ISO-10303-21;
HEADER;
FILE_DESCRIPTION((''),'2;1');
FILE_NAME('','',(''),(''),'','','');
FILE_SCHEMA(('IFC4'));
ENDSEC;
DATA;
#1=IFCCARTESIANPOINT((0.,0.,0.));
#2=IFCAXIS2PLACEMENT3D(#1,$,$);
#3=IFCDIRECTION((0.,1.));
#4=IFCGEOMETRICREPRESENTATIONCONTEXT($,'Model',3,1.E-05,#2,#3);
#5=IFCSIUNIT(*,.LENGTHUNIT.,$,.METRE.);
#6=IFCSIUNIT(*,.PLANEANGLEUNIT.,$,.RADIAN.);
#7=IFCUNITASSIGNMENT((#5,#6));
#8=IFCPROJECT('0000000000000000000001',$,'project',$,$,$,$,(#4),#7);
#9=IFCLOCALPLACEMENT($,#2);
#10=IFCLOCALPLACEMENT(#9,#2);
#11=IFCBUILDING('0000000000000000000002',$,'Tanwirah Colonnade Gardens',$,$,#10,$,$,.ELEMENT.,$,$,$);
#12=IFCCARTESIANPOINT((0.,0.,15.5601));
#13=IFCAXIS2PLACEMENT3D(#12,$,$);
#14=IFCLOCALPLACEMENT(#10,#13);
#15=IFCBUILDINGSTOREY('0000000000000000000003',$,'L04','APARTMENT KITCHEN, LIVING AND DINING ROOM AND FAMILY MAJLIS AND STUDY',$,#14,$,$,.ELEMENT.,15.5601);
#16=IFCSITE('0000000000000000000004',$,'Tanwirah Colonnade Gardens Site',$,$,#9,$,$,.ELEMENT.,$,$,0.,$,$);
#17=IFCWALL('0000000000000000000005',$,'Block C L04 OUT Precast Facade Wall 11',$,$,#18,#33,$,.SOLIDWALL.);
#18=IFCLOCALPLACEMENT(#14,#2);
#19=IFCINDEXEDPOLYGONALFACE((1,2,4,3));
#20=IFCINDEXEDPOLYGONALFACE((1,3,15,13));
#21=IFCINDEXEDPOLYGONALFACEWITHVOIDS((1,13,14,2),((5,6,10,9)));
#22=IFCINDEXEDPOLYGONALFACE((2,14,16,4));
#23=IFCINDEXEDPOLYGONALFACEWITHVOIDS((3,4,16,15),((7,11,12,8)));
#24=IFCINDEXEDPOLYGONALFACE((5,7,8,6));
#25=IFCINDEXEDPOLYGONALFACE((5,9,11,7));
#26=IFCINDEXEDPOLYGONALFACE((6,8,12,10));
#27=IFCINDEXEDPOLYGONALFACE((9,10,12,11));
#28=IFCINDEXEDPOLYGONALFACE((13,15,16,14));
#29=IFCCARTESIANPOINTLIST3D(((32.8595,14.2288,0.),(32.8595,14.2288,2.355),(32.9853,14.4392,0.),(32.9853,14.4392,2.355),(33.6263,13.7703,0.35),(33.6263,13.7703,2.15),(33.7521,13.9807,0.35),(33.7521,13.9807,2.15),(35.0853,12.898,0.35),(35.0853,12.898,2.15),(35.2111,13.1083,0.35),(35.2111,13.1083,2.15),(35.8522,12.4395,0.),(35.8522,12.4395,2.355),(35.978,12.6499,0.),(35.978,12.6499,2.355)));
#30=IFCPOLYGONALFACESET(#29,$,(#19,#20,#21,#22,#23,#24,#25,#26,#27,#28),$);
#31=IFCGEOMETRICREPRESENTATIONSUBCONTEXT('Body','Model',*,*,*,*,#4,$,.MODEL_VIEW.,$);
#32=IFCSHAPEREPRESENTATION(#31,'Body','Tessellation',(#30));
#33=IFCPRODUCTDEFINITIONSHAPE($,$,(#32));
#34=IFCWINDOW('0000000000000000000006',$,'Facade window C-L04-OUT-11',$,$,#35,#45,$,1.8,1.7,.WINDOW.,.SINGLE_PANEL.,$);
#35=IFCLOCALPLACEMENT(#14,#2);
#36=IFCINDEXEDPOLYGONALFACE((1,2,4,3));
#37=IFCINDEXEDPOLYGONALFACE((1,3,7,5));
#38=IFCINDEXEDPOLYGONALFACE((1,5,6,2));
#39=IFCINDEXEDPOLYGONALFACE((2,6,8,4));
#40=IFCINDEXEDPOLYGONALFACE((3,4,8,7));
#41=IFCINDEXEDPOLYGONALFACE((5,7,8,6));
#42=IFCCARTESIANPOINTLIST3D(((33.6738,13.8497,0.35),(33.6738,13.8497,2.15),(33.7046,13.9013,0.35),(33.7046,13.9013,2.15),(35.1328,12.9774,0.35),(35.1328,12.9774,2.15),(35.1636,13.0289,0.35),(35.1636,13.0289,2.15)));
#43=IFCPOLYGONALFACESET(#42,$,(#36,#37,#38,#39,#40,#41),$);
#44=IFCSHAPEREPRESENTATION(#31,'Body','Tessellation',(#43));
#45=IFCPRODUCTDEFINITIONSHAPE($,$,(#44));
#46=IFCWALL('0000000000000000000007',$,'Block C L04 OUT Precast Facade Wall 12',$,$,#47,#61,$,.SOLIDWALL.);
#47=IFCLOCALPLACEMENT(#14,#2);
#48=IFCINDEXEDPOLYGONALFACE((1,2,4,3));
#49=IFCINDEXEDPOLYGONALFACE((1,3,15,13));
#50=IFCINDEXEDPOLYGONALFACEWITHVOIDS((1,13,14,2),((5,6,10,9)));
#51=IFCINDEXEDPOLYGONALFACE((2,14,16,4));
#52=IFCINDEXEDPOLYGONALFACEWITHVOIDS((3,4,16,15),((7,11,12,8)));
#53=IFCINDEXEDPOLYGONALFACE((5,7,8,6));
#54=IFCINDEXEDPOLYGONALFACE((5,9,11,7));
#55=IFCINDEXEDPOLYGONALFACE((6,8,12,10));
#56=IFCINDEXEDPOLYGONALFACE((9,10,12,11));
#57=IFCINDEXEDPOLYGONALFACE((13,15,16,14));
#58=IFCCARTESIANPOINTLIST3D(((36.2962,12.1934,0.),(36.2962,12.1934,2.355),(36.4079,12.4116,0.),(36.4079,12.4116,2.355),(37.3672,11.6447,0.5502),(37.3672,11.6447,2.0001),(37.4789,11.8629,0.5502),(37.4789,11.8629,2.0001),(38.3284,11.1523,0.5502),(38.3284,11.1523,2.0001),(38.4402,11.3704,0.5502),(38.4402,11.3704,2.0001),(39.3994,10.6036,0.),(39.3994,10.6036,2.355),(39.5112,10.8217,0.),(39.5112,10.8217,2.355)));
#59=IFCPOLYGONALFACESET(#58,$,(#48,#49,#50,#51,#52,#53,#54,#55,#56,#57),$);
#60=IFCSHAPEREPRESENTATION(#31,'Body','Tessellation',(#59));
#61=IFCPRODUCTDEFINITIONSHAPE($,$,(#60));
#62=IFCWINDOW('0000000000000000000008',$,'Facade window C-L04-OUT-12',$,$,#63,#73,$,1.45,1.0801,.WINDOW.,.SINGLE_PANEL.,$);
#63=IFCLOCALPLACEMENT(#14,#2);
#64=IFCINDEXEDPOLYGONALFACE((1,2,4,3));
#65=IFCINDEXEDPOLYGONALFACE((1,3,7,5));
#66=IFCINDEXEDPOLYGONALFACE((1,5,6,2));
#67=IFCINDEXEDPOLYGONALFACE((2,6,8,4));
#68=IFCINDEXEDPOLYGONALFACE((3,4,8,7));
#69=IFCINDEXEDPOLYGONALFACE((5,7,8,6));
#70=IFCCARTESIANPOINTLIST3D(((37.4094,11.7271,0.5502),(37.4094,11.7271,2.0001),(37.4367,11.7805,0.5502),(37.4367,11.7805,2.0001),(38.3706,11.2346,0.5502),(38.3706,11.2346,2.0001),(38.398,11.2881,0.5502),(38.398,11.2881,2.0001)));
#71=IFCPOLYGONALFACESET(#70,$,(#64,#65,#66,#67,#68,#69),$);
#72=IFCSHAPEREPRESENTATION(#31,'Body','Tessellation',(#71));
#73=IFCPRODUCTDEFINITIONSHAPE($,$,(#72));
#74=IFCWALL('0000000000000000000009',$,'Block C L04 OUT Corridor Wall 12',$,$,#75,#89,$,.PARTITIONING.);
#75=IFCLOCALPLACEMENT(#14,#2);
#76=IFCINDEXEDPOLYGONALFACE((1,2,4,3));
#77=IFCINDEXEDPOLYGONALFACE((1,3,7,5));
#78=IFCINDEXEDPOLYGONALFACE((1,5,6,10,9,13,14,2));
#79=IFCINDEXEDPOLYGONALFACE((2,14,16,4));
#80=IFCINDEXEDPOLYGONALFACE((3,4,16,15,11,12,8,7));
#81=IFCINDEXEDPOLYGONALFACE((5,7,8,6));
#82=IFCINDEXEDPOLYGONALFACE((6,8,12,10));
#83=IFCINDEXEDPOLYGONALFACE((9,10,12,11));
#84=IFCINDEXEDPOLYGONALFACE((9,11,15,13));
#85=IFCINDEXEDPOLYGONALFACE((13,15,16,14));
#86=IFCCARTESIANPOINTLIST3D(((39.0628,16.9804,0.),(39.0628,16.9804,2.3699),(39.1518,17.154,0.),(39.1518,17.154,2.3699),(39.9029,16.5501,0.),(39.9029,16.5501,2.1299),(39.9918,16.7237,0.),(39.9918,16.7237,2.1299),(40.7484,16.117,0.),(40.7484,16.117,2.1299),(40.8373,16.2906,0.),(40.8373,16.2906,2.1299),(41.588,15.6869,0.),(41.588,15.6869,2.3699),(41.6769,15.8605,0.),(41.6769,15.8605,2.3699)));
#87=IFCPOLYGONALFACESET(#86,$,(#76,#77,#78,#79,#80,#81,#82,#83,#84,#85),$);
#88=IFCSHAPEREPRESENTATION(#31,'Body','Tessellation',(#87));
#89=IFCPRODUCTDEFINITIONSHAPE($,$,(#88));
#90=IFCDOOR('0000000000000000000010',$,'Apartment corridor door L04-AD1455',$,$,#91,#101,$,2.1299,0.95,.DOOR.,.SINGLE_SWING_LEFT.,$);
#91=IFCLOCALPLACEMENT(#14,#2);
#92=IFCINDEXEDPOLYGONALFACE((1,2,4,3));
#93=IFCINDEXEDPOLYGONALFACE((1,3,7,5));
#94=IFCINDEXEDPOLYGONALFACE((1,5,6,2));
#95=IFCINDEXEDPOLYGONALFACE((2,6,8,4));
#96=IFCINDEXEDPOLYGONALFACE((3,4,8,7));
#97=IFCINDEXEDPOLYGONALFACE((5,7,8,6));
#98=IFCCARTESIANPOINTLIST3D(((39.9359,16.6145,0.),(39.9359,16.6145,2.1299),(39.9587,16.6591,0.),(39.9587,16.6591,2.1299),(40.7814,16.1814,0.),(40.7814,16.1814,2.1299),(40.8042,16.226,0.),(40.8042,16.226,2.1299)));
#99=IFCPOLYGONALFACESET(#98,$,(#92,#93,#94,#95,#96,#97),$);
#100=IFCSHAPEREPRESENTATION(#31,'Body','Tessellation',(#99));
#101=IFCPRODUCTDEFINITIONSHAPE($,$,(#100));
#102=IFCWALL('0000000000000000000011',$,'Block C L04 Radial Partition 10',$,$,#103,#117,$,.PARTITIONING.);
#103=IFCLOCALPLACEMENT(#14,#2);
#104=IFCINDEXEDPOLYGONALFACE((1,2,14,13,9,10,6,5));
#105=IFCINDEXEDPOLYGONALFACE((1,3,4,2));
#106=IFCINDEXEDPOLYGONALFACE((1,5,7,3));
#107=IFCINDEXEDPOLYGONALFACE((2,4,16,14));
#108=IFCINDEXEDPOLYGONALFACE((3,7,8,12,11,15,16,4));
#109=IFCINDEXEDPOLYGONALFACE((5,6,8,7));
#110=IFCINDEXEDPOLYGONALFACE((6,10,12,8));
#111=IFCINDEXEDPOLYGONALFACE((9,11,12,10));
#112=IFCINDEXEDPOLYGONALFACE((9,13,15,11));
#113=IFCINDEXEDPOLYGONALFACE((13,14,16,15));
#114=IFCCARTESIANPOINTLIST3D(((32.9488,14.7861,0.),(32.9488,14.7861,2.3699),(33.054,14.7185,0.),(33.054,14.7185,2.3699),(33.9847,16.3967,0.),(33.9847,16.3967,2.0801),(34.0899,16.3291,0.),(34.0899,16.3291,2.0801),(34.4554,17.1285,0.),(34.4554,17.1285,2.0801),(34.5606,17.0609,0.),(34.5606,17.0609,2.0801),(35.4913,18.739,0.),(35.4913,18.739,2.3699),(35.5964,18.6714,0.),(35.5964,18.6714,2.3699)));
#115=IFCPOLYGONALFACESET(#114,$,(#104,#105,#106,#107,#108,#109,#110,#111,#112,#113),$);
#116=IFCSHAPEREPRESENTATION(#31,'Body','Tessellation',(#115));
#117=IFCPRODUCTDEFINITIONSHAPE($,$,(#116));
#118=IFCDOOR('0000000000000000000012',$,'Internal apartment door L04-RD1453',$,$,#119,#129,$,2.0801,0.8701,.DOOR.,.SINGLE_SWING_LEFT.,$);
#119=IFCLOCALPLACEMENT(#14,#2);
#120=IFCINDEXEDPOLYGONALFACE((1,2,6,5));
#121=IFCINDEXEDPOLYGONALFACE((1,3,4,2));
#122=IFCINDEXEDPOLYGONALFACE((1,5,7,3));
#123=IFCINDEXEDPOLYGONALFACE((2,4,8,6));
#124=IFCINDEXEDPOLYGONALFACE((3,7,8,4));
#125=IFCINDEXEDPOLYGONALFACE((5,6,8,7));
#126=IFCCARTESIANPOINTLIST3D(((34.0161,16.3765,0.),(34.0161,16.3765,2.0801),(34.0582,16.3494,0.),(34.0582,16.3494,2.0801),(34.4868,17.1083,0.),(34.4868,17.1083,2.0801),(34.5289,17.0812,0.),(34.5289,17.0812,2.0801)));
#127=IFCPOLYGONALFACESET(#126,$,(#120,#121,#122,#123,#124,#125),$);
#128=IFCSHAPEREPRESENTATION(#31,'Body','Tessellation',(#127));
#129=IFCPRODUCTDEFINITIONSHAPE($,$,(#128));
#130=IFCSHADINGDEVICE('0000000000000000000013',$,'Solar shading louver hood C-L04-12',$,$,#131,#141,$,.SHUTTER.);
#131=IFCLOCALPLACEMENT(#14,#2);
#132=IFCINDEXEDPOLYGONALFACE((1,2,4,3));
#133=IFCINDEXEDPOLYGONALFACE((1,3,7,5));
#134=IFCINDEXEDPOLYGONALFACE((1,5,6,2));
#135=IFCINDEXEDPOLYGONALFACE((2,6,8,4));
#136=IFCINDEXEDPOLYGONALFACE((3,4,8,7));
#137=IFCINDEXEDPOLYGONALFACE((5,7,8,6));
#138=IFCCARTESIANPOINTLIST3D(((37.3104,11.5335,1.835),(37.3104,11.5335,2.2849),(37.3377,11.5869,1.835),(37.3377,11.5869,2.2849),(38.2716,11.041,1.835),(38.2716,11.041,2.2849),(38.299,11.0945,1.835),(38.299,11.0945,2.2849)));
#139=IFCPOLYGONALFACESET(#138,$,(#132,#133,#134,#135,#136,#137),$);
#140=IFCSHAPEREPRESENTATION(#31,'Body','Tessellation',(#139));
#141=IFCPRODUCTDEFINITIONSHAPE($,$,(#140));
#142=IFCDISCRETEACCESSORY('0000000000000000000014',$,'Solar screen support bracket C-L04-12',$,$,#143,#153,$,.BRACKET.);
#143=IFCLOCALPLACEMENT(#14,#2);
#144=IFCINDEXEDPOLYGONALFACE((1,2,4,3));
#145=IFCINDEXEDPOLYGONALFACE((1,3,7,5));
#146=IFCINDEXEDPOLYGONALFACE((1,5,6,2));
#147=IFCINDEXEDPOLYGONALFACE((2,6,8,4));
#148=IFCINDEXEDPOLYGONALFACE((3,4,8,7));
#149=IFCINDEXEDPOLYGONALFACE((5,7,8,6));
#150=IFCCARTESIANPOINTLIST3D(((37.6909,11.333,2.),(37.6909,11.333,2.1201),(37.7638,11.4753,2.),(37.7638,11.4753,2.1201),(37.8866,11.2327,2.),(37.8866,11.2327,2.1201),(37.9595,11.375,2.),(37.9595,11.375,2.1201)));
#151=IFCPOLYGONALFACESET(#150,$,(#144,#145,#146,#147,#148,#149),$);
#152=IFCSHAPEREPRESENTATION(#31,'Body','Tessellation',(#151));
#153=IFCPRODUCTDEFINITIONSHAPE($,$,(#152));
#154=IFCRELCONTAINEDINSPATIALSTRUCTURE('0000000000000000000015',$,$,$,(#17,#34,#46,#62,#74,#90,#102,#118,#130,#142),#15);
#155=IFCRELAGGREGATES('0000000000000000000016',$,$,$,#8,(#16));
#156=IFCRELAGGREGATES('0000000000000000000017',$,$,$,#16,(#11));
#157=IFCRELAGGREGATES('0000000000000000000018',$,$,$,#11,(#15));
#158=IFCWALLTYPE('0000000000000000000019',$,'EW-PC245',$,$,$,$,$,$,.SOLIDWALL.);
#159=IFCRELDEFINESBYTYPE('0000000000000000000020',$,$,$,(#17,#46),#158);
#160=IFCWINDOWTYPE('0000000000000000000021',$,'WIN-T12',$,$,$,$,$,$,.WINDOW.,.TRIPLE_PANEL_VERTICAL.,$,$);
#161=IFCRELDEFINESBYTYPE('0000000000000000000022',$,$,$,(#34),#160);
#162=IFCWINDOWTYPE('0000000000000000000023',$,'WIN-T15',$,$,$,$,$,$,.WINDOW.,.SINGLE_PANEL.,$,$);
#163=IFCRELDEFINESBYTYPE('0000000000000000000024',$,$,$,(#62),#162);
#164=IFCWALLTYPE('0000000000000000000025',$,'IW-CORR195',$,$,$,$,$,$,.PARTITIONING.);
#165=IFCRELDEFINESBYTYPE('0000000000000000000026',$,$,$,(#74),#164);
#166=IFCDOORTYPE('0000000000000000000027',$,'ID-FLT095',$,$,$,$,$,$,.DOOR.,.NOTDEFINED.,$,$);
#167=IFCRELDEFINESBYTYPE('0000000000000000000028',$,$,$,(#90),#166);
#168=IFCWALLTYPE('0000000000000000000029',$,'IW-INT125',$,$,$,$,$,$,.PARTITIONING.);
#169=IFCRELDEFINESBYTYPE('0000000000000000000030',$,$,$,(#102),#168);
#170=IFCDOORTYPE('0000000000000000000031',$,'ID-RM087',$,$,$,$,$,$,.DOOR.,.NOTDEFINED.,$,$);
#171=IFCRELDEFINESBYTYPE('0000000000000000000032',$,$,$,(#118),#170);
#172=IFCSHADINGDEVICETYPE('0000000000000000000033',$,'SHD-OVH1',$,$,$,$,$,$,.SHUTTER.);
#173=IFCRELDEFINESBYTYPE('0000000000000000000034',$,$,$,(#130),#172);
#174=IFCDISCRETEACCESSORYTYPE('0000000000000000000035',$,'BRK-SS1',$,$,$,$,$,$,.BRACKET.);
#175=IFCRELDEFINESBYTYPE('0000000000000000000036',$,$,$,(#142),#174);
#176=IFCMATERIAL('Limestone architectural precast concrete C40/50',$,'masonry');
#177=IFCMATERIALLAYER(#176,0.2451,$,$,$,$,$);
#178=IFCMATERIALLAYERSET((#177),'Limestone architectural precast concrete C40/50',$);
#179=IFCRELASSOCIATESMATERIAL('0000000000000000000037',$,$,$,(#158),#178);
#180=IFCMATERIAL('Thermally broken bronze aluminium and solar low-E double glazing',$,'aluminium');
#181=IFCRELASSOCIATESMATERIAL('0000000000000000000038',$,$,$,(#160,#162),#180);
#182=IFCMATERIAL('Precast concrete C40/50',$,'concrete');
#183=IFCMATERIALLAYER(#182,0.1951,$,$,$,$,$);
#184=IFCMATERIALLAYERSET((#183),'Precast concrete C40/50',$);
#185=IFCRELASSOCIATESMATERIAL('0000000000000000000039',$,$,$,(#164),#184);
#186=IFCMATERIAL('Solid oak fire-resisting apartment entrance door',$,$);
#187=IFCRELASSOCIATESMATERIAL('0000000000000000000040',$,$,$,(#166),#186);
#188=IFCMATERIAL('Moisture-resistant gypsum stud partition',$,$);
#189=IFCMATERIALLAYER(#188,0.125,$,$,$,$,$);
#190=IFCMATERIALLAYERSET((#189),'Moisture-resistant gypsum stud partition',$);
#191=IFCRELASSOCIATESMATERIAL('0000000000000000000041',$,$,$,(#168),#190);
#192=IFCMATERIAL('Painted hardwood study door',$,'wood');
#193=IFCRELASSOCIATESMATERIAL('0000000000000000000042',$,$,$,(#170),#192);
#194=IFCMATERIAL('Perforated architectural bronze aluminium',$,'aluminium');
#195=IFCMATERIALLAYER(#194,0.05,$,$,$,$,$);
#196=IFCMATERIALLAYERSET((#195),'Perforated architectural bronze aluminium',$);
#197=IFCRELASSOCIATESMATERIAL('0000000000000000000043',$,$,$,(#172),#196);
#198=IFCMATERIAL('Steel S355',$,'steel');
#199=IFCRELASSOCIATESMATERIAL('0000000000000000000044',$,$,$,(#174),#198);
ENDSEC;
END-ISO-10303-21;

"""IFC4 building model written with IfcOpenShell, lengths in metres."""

from ifc_helpers import new_model, si_unit, direction, frame, frame_2d, origin, origin_2d, place, context, subcontext, project, spatial, rectangle, extrude, material, layer, layer_set, type_object, element, fill, save


model = new_model("IFC4")

# Units and contexts
model_context = context("Model", 3, precision=1e-05, world=origin(), true_north=direction((0.0, 1.0)))
body_context = subcontext(model_context, "Body", "Model", "MODEL_VIEW")
ifc_project = project(units=[si_unit("LENGTHUNIT", "METRE"), si_unit("PLANEANGLEUNIT", "RADIAN")], contexts=[model_context])

# Site, building, storey
site_placement = place(None, origin())
site = spatial("IfcSite", under=ifc_project, at=site_placement, Name="Tanwirah Colonnade Gardens Site", CompositionType="ELEMENT", RefElevation=0.0)
building_placement = place(site_placement, origin())
building = spatial("IfcBuilding", under=site, at=building_placement, Name="Tanwirah Colonnade Gardens", CompositionType="ELEMENT")
storey_placement = place(building_placement, frame((0.0, 0.0, 15.5601)))
storey = spatial("IfcBuildingStorey", under=building, at=storey_placement, Name="L04", Description="APARTMENT KITCHEN, LIVING AND DINING ROOM AND FAMILY MAJLIS AND STUDY", CompositionType="ELEMENT", Elevation=15.5601)

# Shared definitions
ifc_material_1 = material(Name="Precast concrete C40/50", Category="concrete")

# Shared definitions
ifc_material_2 = material(Name="Limestone architectural precast concrete C40/50", Category="masonry")
ifc_layer_1 = layer(ifc_material_2, 0.2451)
ifc_layer_set_1 = layer_set([ifc_layer_1], Name="Limestone architectural precast concrete C40/50")
wall_type_1 = type_object("IfcWallType", Name="EW-PC245", PredefinedType="SOLIDWALL", material=ifc_layer_set_1)

# Walls, openings, windows
wall_1_placement = place(storey_placement, frame((32.9224, 14.334, 0.0), z_axis=(0.0, 0.0, 1.0), x_axis=(0.858289, -0.513167, 0.0)))
wall_1 = element("IfcWall", 1, at=wall_1_placement, inside=storey, type_object=wall_type_1, Name="Block C L04 OUT Precast Facade Wall 11", PredefinedType="SOLIDWALL", context=body_context, shape_type="SweptSolid", body=[
    extrude(rectangle(XDim=3.4868, YDim=0.2451, at=frame_2d((1.7434, 0.0))), origin(), (0.0, 0.0, 1.0), 2.355),
])
opening_1_placement = place(wall_1_placement, frame((0.8933, 0.0, 0.3501)))
opening_1 = element("IfcOpeningElement", 2, at=opening_1_placement, cuts=wall_1, PredefinedType="OPENING", context=body_context, shape_type="SweptSolid", body=[
    extrude(rectangle(XDim=1.7, YDim=1.8, at=frame_2d((0.8501, 0.8999))), frame((0.0, 0.1326, 0.0), z_axis=(0.0, -1.0, 0.0), x_axis=(1.0, 0.0, 0.0)), (0.0, 0.0, 1.0), 0.2651),
])
ifc_material_3 = material(Name="Thermally broken bronze aluminium and solar low-E double glazing", Category="aluminium")
window_type_1 = type_object("IfcWindowType", Name="WIN-T12", PartitioningType="TRIPLE_PANEL_VERTICAL", PredefinedType="WINDOW", material=ifc_material_3)
window_1_placement = place(opening_1_placement, origin())
window_1 = element("IfcWindow", 3, at=window_1_placement, inside=storey, type_object=window_type_1, Name="Facade window C-L04-OUT-11", OverallHeight=1.8, OverallWidth=1.7, PartitioningType="SINGLE_PANEL", PredefinedType="WINDOW", context=body_context, shape_type="SweptSolid", body=[
    extrude(rectangle(XDim=1.7, YDim=1.8, at=frame_2d((0.8501, 0.8999))), frame((0.0, 0.03, 0.0), z_axis=(0.0, -1.0, 0.0), x_axis=(1.0, 0.0, 0.0)), (0.0, 0.0, 1.0), 0.0601),
])
fill(opening_1, window_1)
wall_2_placement = place(storey_placement, frame((36.3521, 12.3025, 0.0), z_axis=(0.0, 0.0, 1.0), x_axis=(0.890001, -0.455958, 0.0)))
wall_2 = element("IfcWall", 4, at=wall_2_placement, inside=storey, type_object=wall_type_1, Name="Block C L04 OUT Precast Facade Wall 12", PredefinedType="SOLIDWALL", context=body_context, shape_type="SweptSolid", body=[
    extrude(rectangle(XDim=3.4868, YDim=0.2451, at=frame_2d((1.7434, 0.0))), origin(), (0.0, 0.0, 1.0), 2.355),
])
opening_2_placement = place(wall_2_placement, frame((1.2034, 0.0, 0.55)))
opening_2 = element("IfcOpeningElement", 5, at=opening_2_placement, cuts=wall_2, PredefinedType="OPENING", context=body_context, shape_type="SweptSolid", body=[
    extrude(rectangle(XDim=1.0801, YDim=1.45, at=frame_2d((0.54, 0.7251))), frame((0.0, 0.1326, 0.0), z_axis=(0.0, -1.0, 0.0), x_axis=(1.0, 0.0, 0.0)), (0.0, 0.0, 1.0), 0.2651),
])
window_type_2 = type_object("IfcWindowType", Name="WIN-T15", PartitioningType="SINGLE_PANEL", PredefinedType="WINDOW", material=ifc_material_3)
window_2_placement = place(opening_2_placement, origin())
window_2 = element("IfcWindow", 6, at=window_2_placement, inside=storey, type_object=window_type_2, Name="Facade window C-L04-OUT-12", OverallHeight=1.45, OverallWidth=1.0801, PartitioningType="SINGLE_PANEL", PredefinedType="WINDOW", context=body_context, shape_type="SweptSolid", body=[
    extrude(rectangle(XDim=1.0801, YDim=1.45, at=frame_2d((0.54, 0.7251))), frame((0.0, 0.03, 0.0), z_axis=(0.0, -1.0, 0.0), x_axis=(1.0, 0.0, 0.0)), (0.0, 0.0, 1.0), 0.0601),
])
fill(opening_2, window_2)

# Walls, openings, doors
ifc_layer_2 = layer(ifc_material_1, 0.1951)
ifc_layer_set_2 = layer_set([ifc_layer_2], Name="Precast concrete C40/50")
wall_type_2 = type_object("IfcWallType", Name="IW-CORR195", PredefinedType="PARTITIONING", material=ifc_layer_set_2)
ifc_material_4 = material(Name="Solid oak fire-resisting apartment entrance door")
wall_3_placement = place(storey_placement, frame((39.1074, 17.0671, 0.0), z_axis=(0.0, 0.0, 1.0), x_axis=(0.890031, -0.455901, 0.0)))
wall_3 = element("IfcWall", 7, at=wall_3_placement, inside=storey, type_object=wall_type_2, Name="Block C L04 OUT Corridor Wall 12", PredefinedType="PARTITIONING", context=body_context, shape_type="SweptSolid", body=[
    extrude(rectangle(XDim=2.8372, YDim=0.1951, at=frame_2d((1.4185, 0.0))), origin(), (0.0, 0.0, 1.0), 2.3699),
])
opening_3_placement = place(wall_3_placement, frame((0.9436, 0.0, 0.0)))
opening_3 = element("IfcOpeningElement", 8, at=opening_3_placement, cuts=wall_3, PredefinedType="OPENING", context=body_context, shape_type="SweptSolid", body=[
    extrude(rectangle(XDim=0.95, YDim=2.1299, at=frame_2d((0.4751, 1.0649))), frame((0.0, 0.1074, 0.0), z_axis=(0.0, -1.0, 0.0), x_axis=(1.0, 0.0, 0.0)), (0.0, 0.0, 1.0), 0.2151),
])
door_type_1 = type_object("IfcDoorType", Name="ID-FLT095", OperationType="NOTDEFINED", PredefinedType="DOOR", material=ifc_material_4)
door_1_placement = place(opening_3_placement, origin())
door_1 = element("IfcDoor", 9, at=door_1_placement, inside=storey, type_object=door_type_1, Name="Apartment corridor door L04-AD1455", OperationType="SINGLE_SWING_LEFT", OverallHeight=2.1299, OverallWidth=0.95, PredefinedType="DOOR", context=body_context, shape_type="SweptSolid", body=[
    extrude(rectangle(XDim=0.95, YDim=2.1299, at=frame_2d((0.4751, 1.0649))), frame((0.0, 0.0249, 0.0), z_axis=(0.0, -1.0, 0.0), x_axis=(1.0, 0.0, 0.0)), (0.0, 0.0, 1.0), 0.05),
])
fill(opening_3, door_1)
ifc_material_5 = material(Name="Moisture-resistant gypsum stud partition")
ifc_layer_3 = layer(ifc_material_5, 0.125)
ifc_layer_set_3 = layer_set([ifc_layer_3], Name="Moisture-resistant gypsum stud partition")
wall_type_3 = type_object("IfcWallType", Name="IW-INT125", PredefinedType="PARTITIONING", material=ifc_layer_set_3)
wall_4_placement = place(storey_placement, frame((35.5439, 18.7053, 0.0), z_axis=(0.0, 0.0, 1.0), x_axis=(-0.54096, -0.841048, 0.0)))
wall_4 = element("IfcWall", 10, at=wall_4_placement, inside=storey, type_object=wall_type_3, Name="Block C L04 Radial Partition 10", PredefinedType="PARTITIONING", context=body_context, shape_type="SweptSolid", body=[
    extrude(rectangle(XDim=4.7, YDim=0.125, at=frame_2d((2.3501, 0.0))), origin(), (0.0, 0.0, 1.0), 2.3699),
])
opening_4_placement = place(wall_4_placement, frame((1.915, 0.0, 0.0)))
opening_4 = element("IfcOpeningElement", 11, at=opening_4_placement, cuts=wall_4, PredefinedType="OPENING", context=body_context, shape_type="SweptSolid", body=[
    extrude(rectangle(XDim=0.8701, YDim=2.0801, at=frame_2d((0.4351, 1.04))), frame((0.0, 0.0725, 0.0), z_axis=(0.0, -1.0, 0.0), x_axis=(1.0, 0.0, 0.0)), (0.0, 0.0, 1.0), 0.145),
])
ifc_material_6 = material(Name="Painted hardwood study door", Category="wood")
door_type_2 = type_object("IfcDoorType", Name="ID-RM087", OperationType="NOTDEFINED", PredefinedType="DOOR", material=ifc_material_6)
door_2_placement = place(opening_4_placement, origin())
door_2 = element("IfcDoor", 12, at=door_2_placement, inside=storey, type_object=door_type_2, Name="Internal apartment door L04-RD1453", OperationType="SINGLE_SWING_LEFT", OverallHeight=2.0801, OverallWidth=0.8701, PredefinedType="DOOR", context=body_context, shape_type="SweptSolid", body=[
    extrude(rectangle(XDim=0.8701, YDim=2.0801, at=frame_2d((0.4351, 1.04))), frame((0.0, 0.0249, 0.0), z_axis=(0.0, -1.0, 0.0), x_axis=(1.0, 0.0, 0.0)), (0.0, 0.0, 1.0), 0.05),
])
fill(opening_4, door_2)

# Shading device
ifc_material_7 = material(Name="Perforated architectural bronze aluminium", Category="aluminium")
ifc_layer_4 = layer(ifc_material_7, 0.05)
ifc_layer_set_4 = layer_set([ifc_layer_4], Name="Perforated architectural bronze aluminium")
shading_device_type = type_object("IfcShadingDeviceType", Name="SHD-OVH1", PredefinedType="SHUTTER", material=ifc_layer_set_4)
shading_device_placement = place(storey_placement, frame((37.8047, 11.314, 1.835), z_axis=(0.0, 0.0, 1.0), x_axis=(0.890015, -0.455931, 0.0)))
element("IfcShadingDevice", 13, at=shading_device_placement, inside=storey, type_object=shading_device_type, Name="Solar shading louver hood C-L04-12", PredefinedType="SHUTTER", context=body_context, shape_type="SweptSolid", body=[
    extrude(rectangle(XDim=1.0801, YDim=0.0601, at=origin_2d()), origin(), (0.0, 0.0, 1.0), 0.45),
])

# Discrete accessory
ifc_material_8 = material(Name="Steel S355", Category="steel")
discrete_accessory_type = type_object("IfcDiscreteAccessoryType", Name="BRK-SS1", PredefinedType="BRACKET", material=ifc_material_8)
discrete_accessory_placement = place(storey_placement, frame((37.8252, 11.354, 2.0), z_axis=(0.0, 0.0, 1.0), x_axis=(0.890015, -0.455931, 0.0)))
element("IfcDiscreteAccessory", 14, at=discrete_accessory_placement, inside=storey, type_object=discrete_accessory_type, Name="Solar screen support bracket C-L04-12", PredefinedType="BRACKET", context=body_context, shape_type="SweptSolid", body=[
    extrude(rectangle(XDim=0.22, YDim=0.1599, at=origin_2d()), origin(), (0.0, 0.0, 1.0), 0.1201),
])

save(model, "model.ifc")
